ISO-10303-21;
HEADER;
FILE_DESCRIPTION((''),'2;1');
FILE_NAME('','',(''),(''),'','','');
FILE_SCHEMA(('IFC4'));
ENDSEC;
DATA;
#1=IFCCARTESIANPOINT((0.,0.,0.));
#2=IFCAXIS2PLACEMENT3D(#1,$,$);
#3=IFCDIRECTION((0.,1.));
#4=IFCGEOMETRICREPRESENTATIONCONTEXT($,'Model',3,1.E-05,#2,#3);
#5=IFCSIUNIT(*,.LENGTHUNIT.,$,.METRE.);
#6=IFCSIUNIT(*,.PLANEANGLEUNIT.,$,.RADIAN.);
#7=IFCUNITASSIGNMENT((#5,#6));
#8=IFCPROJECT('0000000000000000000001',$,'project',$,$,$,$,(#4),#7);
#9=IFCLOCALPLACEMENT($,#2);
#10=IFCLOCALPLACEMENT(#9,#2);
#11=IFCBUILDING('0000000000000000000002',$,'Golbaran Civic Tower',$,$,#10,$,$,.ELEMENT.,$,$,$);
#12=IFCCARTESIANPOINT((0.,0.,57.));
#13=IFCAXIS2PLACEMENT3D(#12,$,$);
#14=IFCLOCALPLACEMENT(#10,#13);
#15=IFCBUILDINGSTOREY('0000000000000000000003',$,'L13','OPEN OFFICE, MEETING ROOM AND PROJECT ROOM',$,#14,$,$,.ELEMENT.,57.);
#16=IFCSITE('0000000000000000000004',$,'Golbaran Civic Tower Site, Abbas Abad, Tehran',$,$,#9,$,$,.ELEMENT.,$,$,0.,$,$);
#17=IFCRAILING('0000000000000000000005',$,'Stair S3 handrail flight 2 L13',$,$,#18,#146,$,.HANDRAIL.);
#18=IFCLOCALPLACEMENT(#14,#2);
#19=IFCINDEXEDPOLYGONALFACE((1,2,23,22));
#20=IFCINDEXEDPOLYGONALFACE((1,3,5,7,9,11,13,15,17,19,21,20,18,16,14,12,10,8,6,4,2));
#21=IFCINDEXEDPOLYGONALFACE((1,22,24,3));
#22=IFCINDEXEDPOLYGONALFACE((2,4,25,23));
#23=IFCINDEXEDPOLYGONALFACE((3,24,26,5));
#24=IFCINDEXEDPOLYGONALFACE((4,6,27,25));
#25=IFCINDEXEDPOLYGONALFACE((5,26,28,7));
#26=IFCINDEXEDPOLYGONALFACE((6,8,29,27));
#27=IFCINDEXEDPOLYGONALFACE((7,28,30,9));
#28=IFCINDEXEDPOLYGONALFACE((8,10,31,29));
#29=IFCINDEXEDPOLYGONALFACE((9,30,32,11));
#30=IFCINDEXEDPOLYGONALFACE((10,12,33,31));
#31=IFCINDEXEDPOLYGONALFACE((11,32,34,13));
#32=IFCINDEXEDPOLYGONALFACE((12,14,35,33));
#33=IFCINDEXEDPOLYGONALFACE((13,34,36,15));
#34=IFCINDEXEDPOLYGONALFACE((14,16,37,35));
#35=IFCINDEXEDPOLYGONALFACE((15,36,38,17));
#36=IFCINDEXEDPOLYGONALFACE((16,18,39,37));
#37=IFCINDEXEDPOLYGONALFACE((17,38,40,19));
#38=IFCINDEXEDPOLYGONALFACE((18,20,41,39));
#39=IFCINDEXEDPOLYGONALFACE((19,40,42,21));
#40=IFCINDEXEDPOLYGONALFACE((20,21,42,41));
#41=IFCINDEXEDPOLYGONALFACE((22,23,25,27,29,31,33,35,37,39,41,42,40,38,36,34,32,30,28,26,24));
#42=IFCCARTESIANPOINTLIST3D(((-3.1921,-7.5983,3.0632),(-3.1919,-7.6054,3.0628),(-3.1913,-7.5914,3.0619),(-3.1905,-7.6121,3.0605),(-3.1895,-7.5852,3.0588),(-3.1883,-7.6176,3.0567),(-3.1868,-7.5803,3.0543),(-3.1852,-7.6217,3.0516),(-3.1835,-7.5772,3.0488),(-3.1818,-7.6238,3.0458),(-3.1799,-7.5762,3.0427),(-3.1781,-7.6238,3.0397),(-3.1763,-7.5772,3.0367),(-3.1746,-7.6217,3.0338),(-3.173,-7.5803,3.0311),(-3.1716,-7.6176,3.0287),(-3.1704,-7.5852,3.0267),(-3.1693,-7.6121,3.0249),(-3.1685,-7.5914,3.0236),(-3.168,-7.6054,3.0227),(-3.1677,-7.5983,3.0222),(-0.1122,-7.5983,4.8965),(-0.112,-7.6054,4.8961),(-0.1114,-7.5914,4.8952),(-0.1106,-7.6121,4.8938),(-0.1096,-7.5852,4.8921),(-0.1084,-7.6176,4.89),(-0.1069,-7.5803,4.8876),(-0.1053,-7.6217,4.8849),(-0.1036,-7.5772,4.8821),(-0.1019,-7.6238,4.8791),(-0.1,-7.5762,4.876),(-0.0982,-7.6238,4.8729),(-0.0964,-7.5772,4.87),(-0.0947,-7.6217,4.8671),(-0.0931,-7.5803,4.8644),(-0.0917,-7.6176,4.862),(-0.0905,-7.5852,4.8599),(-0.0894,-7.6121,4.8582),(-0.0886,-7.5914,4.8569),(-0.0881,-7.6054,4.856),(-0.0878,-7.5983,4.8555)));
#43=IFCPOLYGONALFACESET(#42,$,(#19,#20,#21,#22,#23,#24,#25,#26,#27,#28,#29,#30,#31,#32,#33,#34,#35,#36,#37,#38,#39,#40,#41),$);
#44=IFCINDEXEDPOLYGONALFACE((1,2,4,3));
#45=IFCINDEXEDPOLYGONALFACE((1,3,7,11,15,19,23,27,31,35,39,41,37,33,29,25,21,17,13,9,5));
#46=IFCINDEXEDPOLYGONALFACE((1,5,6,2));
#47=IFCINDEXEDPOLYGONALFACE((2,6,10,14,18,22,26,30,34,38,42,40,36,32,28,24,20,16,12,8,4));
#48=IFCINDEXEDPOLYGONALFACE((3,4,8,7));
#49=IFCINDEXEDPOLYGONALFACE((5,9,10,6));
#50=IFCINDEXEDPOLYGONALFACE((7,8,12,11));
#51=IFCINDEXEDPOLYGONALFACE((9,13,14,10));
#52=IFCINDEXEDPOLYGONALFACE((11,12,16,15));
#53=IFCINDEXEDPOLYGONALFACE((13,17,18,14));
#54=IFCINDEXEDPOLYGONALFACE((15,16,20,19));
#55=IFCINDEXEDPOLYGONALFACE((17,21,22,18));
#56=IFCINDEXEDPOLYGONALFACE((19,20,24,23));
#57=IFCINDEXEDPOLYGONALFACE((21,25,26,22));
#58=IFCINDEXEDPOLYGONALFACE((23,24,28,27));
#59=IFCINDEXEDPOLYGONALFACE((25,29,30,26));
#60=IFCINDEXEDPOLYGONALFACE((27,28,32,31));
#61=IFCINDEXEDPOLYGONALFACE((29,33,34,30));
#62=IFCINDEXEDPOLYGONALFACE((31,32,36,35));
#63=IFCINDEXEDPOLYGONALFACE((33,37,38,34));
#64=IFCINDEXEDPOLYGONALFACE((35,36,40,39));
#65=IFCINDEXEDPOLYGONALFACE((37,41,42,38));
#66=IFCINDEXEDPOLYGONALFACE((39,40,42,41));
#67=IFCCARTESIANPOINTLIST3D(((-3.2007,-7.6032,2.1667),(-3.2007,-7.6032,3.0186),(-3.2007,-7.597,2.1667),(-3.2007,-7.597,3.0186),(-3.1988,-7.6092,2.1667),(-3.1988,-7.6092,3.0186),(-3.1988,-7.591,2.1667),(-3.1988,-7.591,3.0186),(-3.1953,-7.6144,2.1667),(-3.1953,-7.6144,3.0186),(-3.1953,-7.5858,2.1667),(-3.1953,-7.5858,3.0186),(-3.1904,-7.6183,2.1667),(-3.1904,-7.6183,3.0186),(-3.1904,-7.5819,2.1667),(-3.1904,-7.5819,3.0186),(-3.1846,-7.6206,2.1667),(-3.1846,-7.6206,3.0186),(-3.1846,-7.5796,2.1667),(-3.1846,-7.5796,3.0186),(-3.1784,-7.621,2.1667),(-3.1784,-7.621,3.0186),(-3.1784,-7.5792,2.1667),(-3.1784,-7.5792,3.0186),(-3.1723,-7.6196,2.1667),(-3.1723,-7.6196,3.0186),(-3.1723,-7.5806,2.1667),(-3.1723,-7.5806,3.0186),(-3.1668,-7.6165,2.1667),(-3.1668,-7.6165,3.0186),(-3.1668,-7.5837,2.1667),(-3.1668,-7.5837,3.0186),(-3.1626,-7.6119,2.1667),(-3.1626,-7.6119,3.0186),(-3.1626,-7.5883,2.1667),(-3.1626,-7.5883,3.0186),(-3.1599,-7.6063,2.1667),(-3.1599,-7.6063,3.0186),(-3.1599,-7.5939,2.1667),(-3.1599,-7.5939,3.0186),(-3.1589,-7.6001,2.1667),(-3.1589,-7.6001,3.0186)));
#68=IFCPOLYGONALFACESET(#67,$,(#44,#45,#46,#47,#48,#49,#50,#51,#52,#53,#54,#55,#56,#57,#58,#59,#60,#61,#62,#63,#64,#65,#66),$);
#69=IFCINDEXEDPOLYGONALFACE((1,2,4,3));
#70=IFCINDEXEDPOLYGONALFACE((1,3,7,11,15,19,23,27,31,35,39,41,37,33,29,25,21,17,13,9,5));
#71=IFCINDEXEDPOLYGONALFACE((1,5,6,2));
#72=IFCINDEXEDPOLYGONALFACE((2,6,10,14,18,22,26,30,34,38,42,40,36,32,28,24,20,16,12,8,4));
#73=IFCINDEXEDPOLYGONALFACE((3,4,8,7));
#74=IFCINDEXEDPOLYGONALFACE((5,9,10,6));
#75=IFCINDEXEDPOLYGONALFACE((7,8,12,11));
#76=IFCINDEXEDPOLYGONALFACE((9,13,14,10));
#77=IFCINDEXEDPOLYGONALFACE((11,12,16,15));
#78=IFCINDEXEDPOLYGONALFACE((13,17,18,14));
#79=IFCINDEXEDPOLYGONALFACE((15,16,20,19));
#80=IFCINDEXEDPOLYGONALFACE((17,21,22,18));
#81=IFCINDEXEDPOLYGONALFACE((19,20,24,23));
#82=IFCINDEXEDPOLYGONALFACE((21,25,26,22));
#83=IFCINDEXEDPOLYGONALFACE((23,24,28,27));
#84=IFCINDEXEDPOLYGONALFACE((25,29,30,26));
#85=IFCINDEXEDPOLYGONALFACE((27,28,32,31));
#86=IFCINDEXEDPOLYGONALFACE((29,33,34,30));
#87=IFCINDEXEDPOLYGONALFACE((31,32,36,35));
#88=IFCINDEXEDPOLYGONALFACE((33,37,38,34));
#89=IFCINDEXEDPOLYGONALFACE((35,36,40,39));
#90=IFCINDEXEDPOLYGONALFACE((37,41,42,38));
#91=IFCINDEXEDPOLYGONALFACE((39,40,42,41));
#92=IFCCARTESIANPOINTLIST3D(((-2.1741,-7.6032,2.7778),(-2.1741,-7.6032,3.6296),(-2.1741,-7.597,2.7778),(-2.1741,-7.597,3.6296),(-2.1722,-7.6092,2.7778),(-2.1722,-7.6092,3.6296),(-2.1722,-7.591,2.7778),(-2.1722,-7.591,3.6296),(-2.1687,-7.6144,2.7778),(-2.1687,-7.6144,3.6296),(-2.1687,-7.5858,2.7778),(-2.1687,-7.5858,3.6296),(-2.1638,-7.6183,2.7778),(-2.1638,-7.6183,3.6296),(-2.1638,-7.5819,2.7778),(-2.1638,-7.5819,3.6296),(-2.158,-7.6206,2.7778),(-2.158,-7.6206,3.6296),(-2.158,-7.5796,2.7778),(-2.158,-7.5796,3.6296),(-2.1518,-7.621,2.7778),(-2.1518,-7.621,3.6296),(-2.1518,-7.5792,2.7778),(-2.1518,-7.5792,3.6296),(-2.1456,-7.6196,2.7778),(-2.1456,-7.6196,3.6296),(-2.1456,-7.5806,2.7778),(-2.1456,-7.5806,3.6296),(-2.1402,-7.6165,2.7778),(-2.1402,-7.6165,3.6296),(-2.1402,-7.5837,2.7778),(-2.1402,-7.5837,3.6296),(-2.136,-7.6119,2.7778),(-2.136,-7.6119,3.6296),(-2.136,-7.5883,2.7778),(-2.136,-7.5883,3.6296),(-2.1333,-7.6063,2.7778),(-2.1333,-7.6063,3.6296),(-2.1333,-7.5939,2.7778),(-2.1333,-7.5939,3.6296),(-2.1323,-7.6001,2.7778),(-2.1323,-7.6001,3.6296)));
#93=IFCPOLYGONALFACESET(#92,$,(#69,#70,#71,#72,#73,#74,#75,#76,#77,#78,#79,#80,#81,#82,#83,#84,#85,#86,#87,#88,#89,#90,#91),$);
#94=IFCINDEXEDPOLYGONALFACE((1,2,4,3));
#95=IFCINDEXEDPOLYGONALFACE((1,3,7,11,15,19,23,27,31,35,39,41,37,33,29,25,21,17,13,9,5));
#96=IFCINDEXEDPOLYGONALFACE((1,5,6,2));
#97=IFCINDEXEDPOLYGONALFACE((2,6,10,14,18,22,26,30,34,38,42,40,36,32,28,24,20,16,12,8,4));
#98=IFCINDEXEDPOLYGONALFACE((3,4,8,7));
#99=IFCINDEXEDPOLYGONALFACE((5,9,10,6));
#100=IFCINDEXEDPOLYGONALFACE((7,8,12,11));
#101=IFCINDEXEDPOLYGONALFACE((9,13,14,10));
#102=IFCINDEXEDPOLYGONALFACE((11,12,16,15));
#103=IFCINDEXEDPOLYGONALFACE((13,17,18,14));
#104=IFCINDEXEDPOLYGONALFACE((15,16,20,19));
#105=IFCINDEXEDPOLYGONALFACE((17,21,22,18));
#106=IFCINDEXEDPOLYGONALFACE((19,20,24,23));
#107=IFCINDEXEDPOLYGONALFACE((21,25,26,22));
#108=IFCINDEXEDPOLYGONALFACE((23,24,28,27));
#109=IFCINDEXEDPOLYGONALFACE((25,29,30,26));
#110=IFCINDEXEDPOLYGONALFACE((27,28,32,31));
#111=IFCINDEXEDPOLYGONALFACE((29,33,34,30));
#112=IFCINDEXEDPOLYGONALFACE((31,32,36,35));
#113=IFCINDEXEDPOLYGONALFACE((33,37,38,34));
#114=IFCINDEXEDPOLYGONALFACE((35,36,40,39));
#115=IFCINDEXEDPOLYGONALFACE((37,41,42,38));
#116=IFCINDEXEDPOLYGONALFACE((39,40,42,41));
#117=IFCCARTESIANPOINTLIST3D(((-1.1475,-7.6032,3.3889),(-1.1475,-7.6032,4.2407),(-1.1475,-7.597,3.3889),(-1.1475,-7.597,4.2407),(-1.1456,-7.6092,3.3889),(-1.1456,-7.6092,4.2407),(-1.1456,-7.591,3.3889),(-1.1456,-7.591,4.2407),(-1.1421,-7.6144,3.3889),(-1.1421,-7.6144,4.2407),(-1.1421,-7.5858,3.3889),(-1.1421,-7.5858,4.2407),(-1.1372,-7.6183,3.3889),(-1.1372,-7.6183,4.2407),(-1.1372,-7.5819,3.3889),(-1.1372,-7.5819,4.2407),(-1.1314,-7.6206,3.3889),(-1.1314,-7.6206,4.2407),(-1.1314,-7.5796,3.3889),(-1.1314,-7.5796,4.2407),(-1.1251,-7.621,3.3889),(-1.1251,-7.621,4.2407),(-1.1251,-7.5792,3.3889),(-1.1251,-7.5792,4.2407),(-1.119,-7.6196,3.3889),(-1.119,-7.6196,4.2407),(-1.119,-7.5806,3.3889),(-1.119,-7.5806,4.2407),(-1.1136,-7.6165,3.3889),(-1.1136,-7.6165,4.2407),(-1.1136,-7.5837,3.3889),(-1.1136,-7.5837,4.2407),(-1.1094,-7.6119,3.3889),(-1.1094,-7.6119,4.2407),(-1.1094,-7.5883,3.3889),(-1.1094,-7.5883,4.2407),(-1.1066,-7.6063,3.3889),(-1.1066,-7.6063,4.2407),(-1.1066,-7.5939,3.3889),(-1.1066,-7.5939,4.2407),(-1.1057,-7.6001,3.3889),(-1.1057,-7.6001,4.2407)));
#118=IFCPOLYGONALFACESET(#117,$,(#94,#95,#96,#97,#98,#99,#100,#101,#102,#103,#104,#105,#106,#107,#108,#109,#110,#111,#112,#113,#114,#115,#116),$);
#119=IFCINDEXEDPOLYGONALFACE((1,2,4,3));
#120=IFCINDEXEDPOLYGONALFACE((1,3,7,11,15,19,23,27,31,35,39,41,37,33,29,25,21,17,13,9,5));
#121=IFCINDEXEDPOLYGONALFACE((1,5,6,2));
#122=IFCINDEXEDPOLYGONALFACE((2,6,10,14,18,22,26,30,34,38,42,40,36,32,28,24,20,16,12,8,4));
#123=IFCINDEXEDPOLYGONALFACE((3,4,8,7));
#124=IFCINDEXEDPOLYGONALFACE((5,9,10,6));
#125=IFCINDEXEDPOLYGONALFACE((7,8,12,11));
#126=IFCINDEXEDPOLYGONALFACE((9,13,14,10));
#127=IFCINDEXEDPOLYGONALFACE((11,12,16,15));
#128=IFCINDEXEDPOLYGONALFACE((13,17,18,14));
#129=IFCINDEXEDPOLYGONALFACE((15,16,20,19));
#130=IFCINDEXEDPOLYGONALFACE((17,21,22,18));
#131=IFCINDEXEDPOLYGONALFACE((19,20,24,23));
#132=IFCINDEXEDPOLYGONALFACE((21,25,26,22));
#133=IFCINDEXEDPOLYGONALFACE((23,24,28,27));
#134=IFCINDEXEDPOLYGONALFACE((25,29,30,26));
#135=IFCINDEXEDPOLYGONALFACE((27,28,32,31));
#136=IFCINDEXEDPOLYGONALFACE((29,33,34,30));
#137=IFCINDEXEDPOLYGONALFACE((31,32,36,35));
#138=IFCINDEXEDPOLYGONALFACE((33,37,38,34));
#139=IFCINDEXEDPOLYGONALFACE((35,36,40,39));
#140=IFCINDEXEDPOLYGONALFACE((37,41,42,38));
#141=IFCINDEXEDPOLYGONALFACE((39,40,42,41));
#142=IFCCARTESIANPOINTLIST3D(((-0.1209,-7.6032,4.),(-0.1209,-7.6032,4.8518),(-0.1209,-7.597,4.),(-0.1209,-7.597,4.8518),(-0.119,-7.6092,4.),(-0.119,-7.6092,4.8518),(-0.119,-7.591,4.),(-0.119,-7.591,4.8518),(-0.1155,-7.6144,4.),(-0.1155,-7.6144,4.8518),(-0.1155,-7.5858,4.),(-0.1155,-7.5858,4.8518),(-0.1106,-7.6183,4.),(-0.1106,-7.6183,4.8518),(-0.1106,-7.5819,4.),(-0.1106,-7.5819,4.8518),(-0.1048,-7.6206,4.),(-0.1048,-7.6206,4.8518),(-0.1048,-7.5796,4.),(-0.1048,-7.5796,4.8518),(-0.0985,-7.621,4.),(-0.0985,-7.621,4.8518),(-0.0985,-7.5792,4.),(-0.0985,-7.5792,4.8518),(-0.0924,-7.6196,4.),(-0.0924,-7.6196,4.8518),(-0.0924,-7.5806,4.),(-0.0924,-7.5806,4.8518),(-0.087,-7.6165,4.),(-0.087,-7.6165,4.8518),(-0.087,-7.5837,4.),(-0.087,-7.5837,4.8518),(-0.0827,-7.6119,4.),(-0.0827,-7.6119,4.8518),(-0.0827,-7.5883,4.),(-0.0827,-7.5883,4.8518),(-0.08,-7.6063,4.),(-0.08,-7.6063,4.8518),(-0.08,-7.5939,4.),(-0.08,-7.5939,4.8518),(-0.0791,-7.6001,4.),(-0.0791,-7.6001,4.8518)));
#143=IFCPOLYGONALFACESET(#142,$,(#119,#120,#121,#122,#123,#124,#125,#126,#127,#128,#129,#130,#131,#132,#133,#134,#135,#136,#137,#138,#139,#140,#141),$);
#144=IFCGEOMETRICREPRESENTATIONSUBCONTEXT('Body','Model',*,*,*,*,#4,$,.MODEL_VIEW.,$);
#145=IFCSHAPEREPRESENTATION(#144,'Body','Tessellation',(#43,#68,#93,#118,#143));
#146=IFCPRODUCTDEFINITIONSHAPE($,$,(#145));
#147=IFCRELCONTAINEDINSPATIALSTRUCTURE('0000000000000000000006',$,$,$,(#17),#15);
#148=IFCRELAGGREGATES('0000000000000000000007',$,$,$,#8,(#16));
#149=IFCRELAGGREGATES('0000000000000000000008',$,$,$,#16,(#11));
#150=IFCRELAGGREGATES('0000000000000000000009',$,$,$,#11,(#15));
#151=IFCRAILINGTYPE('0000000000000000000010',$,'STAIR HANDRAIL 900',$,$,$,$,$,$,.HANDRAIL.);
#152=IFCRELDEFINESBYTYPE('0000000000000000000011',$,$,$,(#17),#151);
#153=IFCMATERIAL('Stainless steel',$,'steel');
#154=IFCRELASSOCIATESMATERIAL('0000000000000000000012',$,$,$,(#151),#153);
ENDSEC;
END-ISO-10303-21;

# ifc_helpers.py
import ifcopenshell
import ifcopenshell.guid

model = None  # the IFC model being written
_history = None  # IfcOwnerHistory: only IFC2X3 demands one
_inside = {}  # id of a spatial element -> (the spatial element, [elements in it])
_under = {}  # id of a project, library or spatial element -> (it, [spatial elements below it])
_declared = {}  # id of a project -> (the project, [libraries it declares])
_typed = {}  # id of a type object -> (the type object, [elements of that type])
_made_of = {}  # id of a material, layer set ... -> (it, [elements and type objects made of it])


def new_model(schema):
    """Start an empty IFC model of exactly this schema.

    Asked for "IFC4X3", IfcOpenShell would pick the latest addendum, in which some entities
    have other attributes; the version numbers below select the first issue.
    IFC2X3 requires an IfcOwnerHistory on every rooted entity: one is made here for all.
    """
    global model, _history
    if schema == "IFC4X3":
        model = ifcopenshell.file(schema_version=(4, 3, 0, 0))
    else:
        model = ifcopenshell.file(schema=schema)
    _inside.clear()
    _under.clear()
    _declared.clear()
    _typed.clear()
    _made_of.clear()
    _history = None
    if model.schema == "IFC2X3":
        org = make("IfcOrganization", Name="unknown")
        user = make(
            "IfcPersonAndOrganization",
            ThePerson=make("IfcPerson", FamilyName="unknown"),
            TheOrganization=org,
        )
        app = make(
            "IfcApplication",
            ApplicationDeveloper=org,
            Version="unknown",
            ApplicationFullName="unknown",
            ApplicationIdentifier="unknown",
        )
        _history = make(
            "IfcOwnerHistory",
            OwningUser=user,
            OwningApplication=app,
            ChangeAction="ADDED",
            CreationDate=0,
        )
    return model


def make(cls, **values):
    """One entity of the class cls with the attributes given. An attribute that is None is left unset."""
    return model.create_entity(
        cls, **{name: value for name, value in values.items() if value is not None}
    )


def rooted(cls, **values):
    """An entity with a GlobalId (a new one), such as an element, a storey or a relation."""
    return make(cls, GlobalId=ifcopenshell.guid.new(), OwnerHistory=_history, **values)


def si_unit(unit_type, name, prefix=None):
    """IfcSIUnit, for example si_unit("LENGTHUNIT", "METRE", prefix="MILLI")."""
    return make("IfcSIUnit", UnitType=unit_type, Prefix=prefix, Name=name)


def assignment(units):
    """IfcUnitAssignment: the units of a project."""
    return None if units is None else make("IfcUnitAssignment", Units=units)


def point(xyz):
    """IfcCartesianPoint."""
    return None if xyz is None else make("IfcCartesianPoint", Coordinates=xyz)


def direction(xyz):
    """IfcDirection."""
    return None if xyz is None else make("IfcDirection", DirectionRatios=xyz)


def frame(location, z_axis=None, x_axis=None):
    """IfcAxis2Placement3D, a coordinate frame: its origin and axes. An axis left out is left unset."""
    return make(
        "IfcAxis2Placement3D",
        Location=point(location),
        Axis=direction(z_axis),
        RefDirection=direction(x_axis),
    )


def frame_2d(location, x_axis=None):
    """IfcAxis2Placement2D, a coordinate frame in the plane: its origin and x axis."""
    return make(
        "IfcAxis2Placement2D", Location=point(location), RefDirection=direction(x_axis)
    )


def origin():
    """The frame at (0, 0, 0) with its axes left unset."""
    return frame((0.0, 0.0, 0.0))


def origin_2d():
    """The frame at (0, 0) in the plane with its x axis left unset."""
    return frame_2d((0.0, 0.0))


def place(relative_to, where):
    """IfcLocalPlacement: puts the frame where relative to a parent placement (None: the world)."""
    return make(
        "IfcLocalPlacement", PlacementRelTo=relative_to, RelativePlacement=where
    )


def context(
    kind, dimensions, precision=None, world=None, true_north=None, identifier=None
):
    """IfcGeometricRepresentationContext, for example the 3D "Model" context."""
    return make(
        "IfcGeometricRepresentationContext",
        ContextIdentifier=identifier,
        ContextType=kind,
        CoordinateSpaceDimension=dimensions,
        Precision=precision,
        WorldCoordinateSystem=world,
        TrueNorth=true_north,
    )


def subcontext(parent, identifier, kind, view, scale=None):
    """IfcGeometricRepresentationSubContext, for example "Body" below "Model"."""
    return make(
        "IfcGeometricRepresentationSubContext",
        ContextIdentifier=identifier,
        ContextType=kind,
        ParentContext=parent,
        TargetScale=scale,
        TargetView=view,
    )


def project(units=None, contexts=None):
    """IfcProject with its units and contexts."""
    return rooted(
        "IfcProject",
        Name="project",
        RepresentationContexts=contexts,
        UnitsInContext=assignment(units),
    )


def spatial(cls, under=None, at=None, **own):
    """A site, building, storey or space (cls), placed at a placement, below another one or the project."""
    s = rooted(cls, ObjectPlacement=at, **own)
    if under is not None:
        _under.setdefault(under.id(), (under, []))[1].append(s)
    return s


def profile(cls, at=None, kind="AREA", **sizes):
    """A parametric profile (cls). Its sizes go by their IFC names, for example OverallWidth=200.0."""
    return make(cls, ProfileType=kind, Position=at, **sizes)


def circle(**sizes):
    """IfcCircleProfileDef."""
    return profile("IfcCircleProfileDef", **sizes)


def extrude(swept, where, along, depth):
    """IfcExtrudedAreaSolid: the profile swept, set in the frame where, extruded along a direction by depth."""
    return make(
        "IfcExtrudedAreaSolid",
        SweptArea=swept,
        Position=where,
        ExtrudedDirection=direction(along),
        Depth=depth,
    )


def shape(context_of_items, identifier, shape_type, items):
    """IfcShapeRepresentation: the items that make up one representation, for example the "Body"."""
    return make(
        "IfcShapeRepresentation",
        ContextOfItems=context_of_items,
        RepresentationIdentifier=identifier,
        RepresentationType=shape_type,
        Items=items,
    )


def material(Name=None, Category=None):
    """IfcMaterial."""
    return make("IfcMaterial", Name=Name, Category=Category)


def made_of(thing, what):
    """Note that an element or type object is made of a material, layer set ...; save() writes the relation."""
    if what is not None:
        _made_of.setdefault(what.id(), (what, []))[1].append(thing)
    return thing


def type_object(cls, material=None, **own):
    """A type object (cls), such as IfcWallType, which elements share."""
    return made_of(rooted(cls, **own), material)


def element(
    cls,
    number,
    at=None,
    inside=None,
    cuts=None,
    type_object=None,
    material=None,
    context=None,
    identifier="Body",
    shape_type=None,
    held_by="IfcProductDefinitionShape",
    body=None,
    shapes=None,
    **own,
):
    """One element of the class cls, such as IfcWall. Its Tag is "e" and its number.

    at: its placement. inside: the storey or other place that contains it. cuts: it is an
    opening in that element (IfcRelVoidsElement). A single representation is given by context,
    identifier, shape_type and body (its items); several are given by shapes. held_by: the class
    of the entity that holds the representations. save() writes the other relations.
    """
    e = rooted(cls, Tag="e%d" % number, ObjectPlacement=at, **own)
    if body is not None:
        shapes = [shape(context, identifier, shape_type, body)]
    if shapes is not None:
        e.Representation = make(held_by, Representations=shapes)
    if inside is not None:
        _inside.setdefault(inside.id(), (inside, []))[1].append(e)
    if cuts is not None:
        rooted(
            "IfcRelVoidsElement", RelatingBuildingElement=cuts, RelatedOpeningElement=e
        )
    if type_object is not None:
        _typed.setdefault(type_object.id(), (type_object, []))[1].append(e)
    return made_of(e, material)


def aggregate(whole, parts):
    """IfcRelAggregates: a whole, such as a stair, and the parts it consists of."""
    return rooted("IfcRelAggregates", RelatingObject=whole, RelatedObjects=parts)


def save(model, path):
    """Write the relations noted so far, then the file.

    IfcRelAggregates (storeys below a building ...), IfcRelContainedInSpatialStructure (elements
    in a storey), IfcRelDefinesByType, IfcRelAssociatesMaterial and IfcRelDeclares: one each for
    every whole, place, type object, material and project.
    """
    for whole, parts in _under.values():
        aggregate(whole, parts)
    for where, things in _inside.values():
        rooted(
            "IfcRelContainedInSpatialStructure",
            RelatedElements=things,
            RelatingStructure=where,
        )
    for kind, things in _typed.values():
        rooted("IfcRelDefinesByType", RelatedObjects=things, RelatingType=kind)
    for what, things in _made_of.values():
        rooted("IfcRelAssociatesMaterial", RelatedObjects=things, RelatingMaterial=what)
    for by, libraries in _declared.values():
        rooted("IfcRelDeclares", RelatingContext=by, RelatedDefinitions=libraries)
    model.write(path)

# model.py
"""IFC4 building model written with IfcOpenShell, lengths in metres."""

from ifc_helpers import new_model, si_unit, direction, frame, origin, origin_2d, place, context, subcontext, project, spatial, circle, extrude, material, type_object, element, save


model = new_model("IFC4")

# Units and contexts
model_context = context("Model", 3, precision=1e-05, world=origin(), true_north=direction((0.0, 1.0)))
body_context = subcontext(model_context, "Body", "Model", "MODEL_VIEW")
ifc_project = project(units=[si_unit("LENGTHUNIT", "METRE"), si_unit("PLANEANGLEUNIT", "RADIAN")], contexts=[model_context])

# Site, building, storey
site_placement = place(None, origin())
site = spatial("IfcSite", under=ifc_project, at=site_placement, Name="Golbaran Civic Tower Site, Abbas Abad, Tehran", CompositionType="ELEMENT", RefElevation=0.0)
building_placement = place(site_placement, origin())
building = spatial("IfcBuilding", under=site, at=building_placement, Name="Golbaran Civic Tower", CompositionType="ELEMENT")
storey_placement = place(building_placement, frame((0.0, 0.0, 57.0)))
storey = spatial("IfcBuildingStorey", under=building, at=storey_placement, Name="L13", Description="OPEN OFFICE, MEETING ROOM AND PROJECT ROOM", CompositionType="ELEMENT", Elevation=57.0)

# Railing
ifc_material_1 = material(Name="Stainless steel", Category="steel")
railing_type = type_object("IfcRailingType", Name="STAIR HANDRAIL 900", PredefinedType="HANDRAIL", material=ifc_material_1)
railing_1_placement = place(storey_placement, frame((-3.1799, -7.6001, 2.1667)))
element("IfcRailing", 1, at=railing_1_placement, inside=storey, type_object=railing_type, Name="Stair S3 handrail flight 2 L13", PredefinedType="HANDRAIL", context=body_context, shape_type="SweptSolid", body=[
    extrude(circle(Radius=0.0239, at=origin_2d()), frame((0.0, 0.0, 0.876), z_axis=(0.859291, 0.0, 0.511487), x_axis=(0.0, 1.0, 0.0)), (0.0, 0.0, 1.0), 3.5842),
    extrude(circle(Radius=0.021, at=origin_2d()), origin(), (0.0, 0.0, 1.0), 0.8518),
    extrude(circle(Radius=0.021, at=origin_2d()), frame((1.0266, 0.0, 0.6111)), (0.0, 0.0, 1.0), 0.8518),
    extrude(circle(Radius=0.021, at=origin_2d()), frame((2.0532, 0.0, 1.2222)), (0.0, 0.0, 1.0), 0.8518),
    extrude(circle(Radius=0.021, at=origin_2d()), frame((3.0798, 0.0, 1.8333)), (0.0, 0.0, 1.0), 0.8518),
])

save(model, "model.ifc")
